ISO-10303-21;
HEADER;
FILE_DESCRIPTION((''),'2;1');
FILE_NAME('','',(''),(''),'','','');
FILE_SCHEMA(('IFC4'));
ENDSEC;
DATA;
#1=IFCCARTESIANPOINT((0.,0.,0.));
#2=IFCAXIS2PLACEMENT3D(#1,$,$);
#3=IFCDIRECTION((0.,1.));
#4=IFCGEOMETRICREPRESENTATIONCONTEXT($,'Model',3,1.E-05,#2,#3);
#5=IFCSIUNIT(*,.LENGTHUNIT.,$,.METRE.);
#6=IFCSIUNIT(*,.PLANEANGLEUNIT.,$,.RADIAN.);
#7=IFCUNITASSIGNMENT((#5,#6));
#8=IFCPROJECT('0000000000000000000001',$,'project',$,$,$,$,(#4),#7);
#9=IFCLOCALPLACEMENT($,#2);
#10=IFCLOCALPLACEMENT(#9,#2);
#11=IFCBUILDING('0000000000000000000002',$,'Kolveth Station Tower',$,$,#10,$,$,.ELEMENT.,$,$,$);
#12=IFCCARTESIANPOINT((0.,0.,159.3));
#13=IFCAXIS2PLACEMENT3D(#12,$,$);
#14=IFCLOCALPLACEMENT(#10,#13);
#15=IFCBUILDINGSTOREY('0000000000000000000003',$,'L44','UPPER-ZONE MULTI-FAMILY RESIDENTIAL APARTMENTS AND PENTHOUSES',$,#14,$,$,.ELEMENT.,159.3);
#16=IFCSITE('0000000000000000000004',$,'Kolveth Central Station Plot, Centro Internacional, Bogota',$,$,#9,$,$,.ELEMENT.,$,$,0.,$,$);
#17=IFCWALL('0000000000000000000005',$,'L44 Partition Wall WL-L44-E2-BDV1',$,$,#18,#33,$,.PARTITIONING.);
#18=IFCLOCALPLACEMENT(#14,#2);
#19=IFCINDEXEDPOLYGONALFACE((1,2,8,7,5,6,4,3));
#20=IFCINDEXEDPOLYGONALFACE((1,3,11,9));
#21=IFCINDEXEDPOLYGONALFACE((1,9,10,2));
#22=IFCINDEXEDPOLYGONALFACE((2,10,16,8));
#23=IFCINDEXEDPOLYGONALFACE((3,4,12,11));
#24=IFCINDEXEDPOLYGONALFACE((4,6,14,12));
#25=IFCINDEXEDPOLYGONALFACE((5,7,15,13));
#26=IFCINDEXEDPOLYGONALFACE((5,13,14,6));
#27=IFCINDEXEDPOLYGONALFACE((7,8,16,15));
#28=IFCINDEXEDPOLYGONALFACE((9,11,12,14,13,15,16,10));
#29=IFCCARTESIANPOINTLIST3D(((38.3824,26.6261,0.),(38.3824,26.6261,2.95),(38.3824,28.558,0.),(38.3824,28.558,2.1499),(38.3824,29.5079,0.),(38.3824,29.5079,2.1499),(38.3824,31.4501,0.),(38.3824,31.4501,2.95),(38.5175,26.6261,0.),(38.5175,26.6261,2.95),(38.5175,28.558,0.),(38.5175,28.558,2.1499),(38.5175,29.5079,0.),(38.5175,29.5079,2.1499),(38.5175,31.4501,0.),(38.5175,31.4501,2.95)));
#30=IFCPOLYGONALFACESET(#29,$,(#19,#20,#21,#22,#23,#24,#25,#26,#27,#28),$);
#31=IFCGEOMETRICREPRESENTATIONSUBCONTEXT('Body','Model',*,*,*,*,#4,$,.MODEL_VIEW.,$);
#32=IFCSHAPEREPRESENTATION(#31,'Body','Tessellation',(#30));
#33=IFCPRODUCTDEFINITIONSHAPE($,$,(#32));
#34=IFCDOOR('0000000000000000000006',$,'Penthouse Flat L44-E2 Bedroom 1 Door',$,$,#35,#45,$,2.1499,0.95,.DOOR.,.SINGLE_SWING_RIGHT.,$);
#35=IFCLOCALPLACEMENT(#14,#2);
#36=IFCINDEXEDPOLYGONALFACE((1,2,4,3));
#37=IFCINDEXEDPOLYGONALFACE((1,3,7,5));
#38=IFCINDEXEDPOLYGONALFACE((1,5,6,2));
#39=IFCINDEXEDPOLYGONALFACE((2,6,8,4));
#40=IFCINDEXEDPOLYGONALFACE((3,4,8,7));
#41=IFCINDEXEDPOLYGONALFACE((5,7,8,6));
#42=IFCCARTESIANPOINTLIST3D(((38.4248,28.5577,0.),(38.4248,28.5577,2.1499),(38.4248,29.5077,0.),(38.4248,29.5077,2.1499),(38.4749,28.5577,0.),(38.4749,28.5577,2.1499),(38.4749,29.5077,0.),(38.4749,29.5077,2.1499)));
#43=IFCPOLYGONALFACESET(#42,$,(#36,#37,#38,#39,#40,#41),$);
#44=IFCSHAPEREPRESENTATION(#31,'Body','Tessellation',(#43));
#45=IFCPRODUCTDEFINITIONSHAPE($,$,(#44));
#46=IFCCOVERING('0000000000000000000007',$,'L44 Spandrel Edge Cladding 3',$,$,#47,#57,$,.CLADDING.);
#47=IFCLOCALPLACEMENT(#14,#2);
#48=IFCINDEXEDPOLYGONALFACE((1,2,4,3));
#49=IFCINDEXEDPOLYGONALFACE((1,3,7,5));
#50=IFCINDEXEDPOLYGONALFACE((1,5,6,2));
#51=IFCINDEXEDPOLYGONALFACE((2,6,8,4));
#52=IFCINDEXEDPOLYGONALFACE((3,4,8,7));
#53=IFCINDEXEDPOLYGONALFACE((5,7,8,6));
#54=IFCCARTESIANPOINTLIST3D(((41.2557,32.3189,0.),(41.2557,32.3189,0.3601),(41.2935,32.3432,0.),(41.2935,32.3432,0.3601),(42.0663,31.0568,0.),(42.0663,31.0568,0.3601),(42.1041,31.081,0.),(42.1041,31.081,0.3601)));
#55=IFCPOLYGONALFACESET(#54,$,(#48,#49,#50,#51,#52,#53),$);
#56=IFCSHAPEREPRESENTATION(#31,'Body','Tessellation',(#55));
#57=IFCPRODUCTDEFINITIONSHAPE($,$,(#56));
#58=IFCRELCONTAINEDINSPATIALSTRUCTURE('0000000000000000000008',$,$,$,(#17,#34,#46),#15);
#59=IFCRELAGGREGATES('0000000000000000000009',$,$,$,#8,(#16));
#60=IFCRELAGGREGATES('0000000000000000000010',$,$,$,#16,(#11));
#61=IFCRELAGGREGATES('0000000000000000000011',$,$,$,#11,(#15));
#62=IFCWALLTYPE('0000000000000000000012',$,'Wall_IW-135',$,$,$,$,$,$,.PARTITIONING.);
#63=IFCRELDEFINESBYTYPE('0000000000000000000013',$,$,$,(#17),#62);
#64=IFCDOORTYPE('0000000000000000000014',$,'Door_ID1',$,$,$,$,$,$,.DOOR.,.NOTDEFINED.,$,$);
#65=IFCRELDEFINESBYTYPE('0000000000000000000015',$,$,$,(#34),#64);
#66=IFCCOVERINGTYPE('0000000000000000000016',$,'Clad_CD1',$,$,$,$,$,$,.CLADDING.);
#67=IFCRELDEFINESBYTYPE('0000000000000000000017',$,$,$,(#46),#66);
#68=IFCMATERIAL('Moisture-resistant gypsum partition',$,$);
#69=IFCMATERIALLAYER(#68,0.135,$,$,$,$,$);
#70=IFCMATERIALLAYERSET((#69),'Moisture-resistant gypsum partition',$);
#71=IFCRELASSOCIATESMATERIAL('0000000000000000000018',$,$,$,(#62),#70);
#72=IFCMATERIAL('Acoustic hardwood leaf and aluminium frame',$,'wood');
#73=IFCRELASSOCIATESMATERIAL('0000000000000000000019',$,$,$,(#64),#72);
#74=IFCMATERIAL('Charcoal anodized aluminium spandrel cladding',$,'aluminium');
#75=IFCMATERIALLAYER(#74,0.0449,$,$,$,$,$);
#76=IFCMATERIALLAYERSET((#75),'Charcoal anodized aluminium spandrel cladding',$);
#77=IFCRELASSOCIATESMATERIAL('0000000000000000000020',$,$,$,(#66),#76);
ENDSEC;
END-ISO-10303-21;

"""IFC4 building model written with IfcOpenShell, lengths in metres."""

from ifc_helpers import new_model, si_unit, direction, frame, frame_2d, origin, origin_2d, place, context, subcontext, project, spatial, rectangle, extrude, source, transform, mapped, material, layer, layer_set, type_object, element, fill, save


model = new_model("IFC4")

# Units and contexts
model_context = context("Model", 3, precision=1e-05, world=origin(), true_north=direction((0.0, 1.0)))
body_context = subcontext(model_context, "Body", "Model", "MODEL_VIEW")
ifc_project = project(units=[si_unit("LENGTHUNIT", "METRE"), si_unit("PLANEANGLEUNIT", "RADIAN")], contexts=[model_context])

# Site, building, storey
site_placement = place(None, origin())
site = spatial("IfcSite", under=ifc_project, at=site_placement, Name="Kolveth Central Station Plot, Centro Internacional, Bogota", CompositionType="ELEMENT", RefElevation=0.0)
building_placement = place(site_placement, origin())
building = spatial("IfcBuilding", under=site, at=building_placement, Name="Kolveth Station Tower", CompositionType="ELEMENT")
storey_placement = place(building_placement, frame((0.0, 0.0, 159.3)))
storey = spatial("IfcBuildingStorey", under=building, at=storey_placement, Name="L44", Description="UPPER-ZONE MULTI-FAMILY RESIDENTIAL APARTMENTS AND PENTHOUSES", CompositionType="ELEMENT", Elevation=159.3)

# Shared definitions
ifc_material_1 = material(Name="Moisture-resistant gypsum partition")
ifc_layer_1 = layer(ifc_material_1, 0.135)
ifc_layer_set_1 = layer_set([ifc_layer_1], Name="Moisture-resistant gypsum partition")
wall_type = type_object("IfcWallType", Name="Wall_IW-135", PredefinedType="PARTITIONING", material=ifc_layer_set_1)
ifc_material_2 = material(Name="Acoustic hardwood leaf and aluminium frame", Category="wood")
door_type_1 = type_object("IfcDoorType", Name="Door_ID1", OperationType="NOTDEFINED", PredefinedType="DOOR", material=ifc_material_2)

# Wall, opening, door
wall_1_placement = place(storey_placement, frame((38.45, 26.626, 0.0), z_axis=(0.0, 0.0, 1.0), x_axis=(0.0, 1.0, 0.0)))
wall_1 = element("IfcWall", 1, at=wall_1_placement, inside=storey, type_object=wall_type, Name="L44 Partition Wall WL-L44-E2-BDV1", PredefinedType="PARTITIONING", context=body_context, shape_type="SweptSolid", body=[
    extrude(rectangle(XDim=4.824, YDim=0.135, at=frame_2d((2.4121, 0.0))), origin(), (0.0, 0.0, 1.0), 2.95),
])
opening_1_placement = place(wall_1_placement, frame((1.9319, 0.0, 0.0)))
opening_1 = element("IfcOpeningElement", 2, at=opening_1_placement, cuts=wall_1, PredefinedType="OPENING", context=body_context, shape_type="SweptSolid", body=[
    extrude(rectangle(XDim=0.95, YDim=2.1499, at=frame_2d((0.4751, 1.075))), frame((0.0, 0.0774, 0.0), z_axis=(0.0, -1.0, 0.0), x_axis=(1.0, 0.0, 0.0)), (0.0, 0.0, 1.0), 0.155),
])
door_1_placement = place(opening_1_placement, frame((0.95, 0.0, 0.0), z_axis=(0.0, 0.0, 1.0), x_axis=(-1.0, 0.0, 0.0)))
door_1 = element("IfcDoor", 3, at=door_1_placement, inside=storey, type_object=door_type_1, Name="Penthouse Flat L44-E2 Bedroom 1 Door", OperationType="SINGLE_SWING_RIGHT", OverallHeight=2.1499, OverallWidth=0.95, PredefinedType="DOOR", context=body_context, shape_type="SweptSolid", body=[
    extrude(rectangle(XDim=0.95, YDim=2.1499, at=frame_2d((0.4751, 1.075))), frame((0.0, 0.0249, 0.0), z_axis=(0.0, -1.0, 0.0), x_axis=(1.0, 0.0, 0.0)), (0.0, 0.0, 1.0), 0.05),
])
fill(opening_1, door_1)

# Covering
ifc_material_3 = material(Name="Charcoal anodized aluminium spandrel cladding", Category="aluminium")
ifc_layer_2 = layer(ifc_material_3, 0.0449)
ifc_layer_set_2 = layer_set([ifc_layer_2], Name="Charcoal anodized aluminium spandrel cladding")
covering_type = type_object("IfcCoveringType", Name="Clad_CD1", PredefinedType="CLADDING", material=ifc_layer_set_2)
shared_shape_1 = source(origin(), body_context, "Body", "SweptSolid", [
    extrude(rectangle(XDim=1.5, YDim=0.0449, at=origin_2d()), origin(), (0.0, 0.0, 1.0), 0.3601),
])
covering_placement = place(storey_placement, frame((41.6799, 31.7, 0.0), z_axis=(0.0, 0.0, 1.0), x_axis=(-0.540387, 0.841416, 0.0)))
element("IfcCovering", 4, at=covering_placement, inside=storey, type_object=covering_type, Name="L44 Spandrel Edge Cladding 3", PredefinedType="CLADDING", context=body_context, shape_type="MappedRepresentation", body=[
    mapped(shared_shape_1, transform((0.0, 0.0, 0.0), x_axis=(1.0, 0.0, 0.0), y_axis=(0.0, 1.0, 0.0), z_axis=(0.0, 0.0, 1.0), scale=1.0)),
])

save(model, "model.ifc")
